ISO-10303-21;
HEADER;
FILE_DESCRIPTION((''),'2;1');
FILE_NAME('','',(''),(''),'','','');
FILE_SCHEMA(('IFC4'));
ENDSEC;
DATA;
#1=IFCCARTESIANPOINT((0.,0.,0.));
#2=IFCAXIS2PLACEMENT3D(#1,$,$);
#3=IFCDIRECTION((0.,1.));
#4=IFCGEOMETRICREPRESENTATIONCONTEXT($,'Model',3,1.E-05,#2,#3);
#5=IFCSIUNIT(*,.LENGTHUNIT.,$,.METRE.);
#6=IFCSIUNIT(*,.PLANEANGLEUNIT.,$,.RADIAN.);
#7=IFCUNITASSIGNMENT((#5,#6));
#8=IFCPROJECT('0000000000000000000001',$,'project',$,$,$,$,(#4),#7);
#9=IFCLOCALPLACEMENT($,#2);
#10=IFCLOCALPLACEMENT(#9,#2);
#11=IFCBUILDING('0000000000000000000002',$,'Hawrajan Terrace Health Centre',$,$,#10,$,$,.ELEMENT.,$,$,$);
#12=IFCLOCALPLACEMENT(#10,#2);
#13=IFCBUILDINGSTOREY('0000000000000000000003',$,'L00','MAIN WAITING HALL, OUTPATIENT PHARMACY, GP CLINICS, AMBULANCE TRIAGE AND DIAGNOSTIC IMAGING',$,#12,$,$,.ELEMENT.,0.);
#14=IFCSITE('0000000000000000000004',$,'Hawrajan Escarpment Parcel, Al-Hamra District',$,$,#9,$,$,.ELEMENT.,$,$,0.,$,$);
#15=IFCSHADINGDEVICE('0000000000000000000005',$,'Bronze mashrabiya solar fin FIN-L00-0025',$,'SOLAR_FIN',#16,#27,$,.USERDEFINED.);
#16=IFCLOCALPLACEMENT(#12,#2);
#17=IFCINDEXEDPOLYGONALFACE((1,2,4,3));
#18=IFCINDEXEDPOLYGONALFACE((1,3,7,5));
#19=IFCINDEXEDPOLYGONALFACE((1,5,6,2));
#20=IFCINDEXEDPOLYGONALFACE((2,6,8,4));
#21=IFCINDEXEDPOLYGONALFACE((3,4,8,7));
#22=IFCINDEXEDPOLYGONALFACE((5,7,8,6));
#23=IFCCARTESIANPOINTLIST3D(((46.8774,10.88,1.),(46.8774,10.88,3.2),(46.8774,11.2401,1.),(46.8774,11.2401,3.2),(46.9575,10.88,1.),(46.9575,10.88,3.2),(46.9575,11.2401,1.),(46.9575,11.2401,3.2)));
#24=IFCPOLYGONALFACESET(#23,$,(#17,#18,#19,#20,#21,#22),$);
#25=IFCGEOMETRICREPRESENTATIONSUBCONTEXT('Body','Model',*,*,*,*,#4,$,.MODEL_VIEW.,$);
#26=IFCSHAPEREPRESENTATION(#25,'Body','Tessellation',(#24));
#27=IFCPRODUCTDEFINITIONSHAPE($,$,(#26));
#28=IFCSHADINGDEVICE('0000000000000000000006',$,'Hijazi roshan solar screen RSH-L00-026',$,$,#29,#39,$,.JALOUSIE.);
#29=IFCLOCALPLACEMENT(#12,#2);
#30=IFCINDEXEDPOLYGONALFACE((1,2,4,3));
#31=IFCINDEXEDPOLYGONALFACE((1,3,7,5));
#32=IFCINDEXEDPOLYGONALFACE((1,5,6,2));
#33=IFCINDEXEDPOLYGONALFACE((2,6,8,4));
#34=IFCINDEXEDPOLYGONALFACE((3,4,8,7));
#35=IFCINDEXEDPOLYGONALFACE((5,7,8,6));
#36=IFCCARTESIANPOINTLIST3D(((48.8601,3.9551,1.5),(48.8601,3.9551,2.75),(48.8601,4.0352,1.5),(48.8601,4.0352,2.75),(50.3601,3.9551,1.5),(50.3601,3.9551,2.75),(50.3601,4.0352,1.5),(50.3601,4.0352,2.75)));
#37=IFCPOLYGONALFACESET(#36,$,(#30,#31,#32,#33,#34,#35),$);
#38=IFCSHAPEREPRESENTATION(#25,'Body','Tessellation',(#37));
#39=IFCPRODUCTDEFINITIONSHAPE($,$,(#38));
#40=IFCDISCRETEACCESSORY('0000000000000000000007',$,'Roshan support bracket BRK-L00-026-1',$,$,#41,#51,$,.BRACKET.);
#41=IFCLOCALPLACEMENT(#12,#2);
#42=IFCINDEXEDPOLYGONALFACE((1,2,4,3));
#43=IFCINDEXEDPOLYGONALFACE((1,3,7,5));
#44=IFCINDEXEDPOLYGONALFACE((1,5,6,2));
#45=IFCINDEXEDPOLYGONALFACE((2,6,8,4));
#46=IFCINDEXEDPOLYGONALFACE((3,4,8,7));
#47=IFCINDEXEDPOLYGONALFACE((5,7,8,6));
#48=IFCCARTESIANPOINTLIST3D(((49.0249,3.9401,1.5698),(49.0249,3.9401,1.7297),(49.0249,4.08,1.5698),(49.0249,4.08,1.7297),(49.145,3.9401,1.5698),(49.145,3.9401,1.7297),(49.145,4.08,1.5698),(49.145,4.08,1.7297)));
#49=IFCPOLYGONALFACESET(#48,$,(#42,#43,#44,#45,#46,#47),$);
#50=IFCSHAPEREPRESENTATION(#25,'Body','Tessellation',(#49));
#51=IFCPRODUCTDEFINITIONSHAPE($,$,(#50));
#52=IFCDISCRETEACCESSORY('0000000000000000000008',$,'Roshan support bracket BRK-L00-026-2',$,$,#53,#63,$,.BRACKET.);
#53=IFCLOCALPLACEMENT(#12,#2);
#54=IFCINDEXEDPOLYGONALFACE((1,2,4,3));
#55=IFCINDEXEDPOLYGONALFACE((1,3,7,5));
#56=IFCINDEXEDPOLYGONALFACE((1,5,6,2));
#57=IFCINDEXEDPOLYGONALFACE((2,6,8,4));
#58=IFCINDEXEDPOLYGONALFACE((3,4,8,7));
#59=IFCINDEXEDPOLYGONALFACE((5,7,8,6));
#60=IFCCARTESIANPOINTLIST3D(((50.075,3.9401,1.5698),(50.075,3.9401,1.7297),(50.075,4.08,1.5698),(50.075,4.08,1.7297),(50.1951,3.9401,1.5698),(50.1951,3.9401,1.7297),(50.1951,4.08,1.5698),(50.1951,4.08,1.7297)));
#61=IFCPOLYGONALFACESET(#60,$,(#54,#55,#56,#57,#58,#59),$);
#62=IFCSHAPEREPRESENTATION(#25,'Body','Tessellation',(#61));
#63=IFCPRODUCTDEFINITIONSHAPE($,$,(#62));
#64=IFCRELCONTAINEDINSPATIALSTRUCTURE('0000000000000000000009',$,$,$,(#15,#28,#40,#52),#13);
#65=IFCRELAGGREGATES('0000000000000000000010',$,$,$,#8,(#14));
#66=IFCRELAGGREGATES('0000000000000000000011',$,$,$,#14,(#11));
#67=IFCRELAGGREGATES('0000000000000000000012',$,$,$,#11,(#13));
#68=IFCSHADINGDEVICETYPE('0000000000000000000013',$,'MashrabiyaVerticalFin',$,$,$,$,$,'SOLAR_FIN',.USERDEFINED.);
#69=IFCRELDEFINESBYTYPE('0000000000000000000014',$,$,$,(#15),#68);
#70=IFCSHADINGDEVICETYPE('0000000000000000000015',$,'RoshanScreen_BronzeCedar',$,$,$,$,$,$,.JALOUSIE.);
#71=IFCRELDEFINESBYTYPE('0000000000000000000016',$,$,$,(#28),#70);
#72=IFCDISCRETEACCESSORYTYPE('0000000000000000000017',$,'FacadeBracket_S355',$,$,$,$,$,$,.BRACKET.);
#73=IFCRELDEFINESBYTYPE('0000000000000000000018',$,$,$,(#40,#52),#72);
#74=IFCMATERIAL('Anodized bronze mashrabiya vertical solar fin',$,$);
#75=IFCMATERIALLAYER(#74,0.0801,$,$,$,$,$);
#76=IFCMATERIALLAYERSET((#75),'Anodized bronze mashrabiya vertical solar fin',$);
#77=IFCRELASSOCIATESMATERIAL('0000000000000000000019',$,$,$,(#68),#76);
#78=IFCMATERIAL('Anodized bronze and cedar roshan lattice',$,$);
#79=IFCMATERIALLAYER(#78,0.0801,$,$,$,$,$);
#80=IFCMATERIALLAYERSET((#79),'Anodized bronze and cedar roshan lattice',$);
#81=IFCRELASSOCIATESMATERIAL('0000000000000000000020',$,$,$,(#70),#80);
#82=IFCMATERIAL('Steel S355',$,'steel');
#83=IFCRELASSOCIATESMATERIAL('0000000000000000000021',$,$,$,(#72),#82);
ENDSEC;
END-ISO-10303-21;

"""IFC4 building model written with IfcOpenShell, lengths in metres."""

from ifc_helpers import new_model, si_unit, direction, frame, origin, origin_2d, place, context, subcontext, project, spatial, rectangle, extrude, material, layer, layer_set, type_object, element, save


model = new_model("IFC4")

# Units and contexts
model_context = context("Model", 3, precision=1e-05, world=origin(), true_north=direction((0.0, 1.0)))
body_context = subcontext(model_context, "Body", "Model", "MODEL_VIEW")
ifc_project = project(units=[si_unit("LENGTHUNIT", "METRE"), si_unit("PLANEANGLEUNIT", "RADIAN")], contexts=[model_context])

# Site, building, storey
site_placement = place(None, origin())
site = spatial("IfcSite", under=ifc_project, at=site_placement, Name="Hawrajan Escarpment Parcel, Al-Hamra District", CompositionType="ELEMENT", RefElevation=0.0)
building_placement = place(site_placement, origin())
building = spatial("IfcBuilding", under=site, at=building_placement, Name="Hawrajan Terrace Health Centre", CompositionType="ELEMENT")
storey_placement = place(building_placement, origin())
storey = spatial("IfcBuildingStorey", under=building, at=storey_placement, Name="L00", Description="MAIN WAITING HALL, OUTPATIENT PHARMACY, GP CLINICS, AMBULANCE TRIAGE AND DIAGNOSTIC IMAGING", CompositionType="ELEMENT", Elevation=0.0)

# Shared definitions
ifc_material_1 = material(Name="Steel S355", Category="steel")

# Shading devices
ifc_material_2 = material(Name="Anodized bronze mashrabiya vertical solar fin")
ifc_layer_1 = layer(ifc_material_2, 0.0801)
ifc_layer_set_1 = layer_set([ifc_layer_1], Name="Anodized bronze mashrabiya vertical solar fin")
shading_device_type_1 = type_object("IfcShadingDeviceType", Name="MashrabiyaVerticalFin", ElementType="SOLAR_FIN", PredefinedType="USERDEFINED", material=ifc_layer_set_1)
shading_device_1_placement = place(storey_placement, frame((46.9175, 11.0601, 1.0), z_axis=(0.0, 0.0, 1.0), x_axis=(1.0, 0.0, 0.0)))
element("IfcShadingDevice", 1, at=shading_device_1_placement, inside=storey, type_object=shading_device_type_1, Name="Bronze mashrabiya solar fin FIN-L00-0025", ObjectType="SOLAR_FIN", PredefinedType="USERDEFINED", context=body_context, shape_type="SweptSolid", body=[
    extrude(rectangle(XDim=0.0801, YDim=0.3601, at=origin_2d()), origin(), (0.0, 0.0, 1.0), 2.2),
])
ifc_material_3 = material(Name="Anodized bronze and cedar roshan lattice")
ifc_layer_2 = layer(ifc_material_3, 0.0801)
ifc_layer_set_2 = layer_set([ifc_layer_2], Name="Anodized bronze and cedar roshan lattice")
shading_device_type_2 = type_object("IfcShadingDeviceType", Name="RoshanScreen_BronzeCedar", PredefinedType="JALOUSIE", material=ifc_layer_set_2)
shading_device_2_placement = place(storey_placement, frame((49.6101, 3.9951, 1.5), z_axis=(0.0, 0.0, 1.0), x_axis=(1.0, 0.0, 0.0)))
element("IfcShadingDevice", 2, at=shading_device_2_placement, inside=storey, type_object=shading_device_type_2, Name="Hijazi roshan solar screen RSH-L00-026", PredefinedType="JALOUSIE", context=body_context, shape_type="SweptSolid", body=[
    extrude(rectangle(XDim=1.5, YDim=0.0801, at=origin_2d()), origin(), (0.0, 0.0, 1.0), 1.25),
])

# Discrete accessories
discrete_accessory_type = type_object("IfcDiscreteAccessoryType", Name="FacadeBracket_S355", PredefinedType="BRACKET", material=ifc_material_1)
for number, where, z_axis, x_axis, name in (
    (3, (49.085, 4.01, 1.5698), (0.0, 0.0, 1.0), (1.0, 0.0, 0.0), "Roshan support bracket BRK-L00-026-1"),
    (4, (50.135, 4.01, 1.5698), (0.0, 0.0, 1.0), (1.0, 0.0, 0.0), "Roshan support bracket BRK-L00-026-2"),
):
    element("IfcDiscreteAccessory", number, at=place(storey_placement, frame(where, z_axis=z_axis, x_axis=x_axis)), inside=storey, type_object=discrete_accessory_type, Name=name, PredefinedType="BRACKET", context=body_context, shape_type="SweptSolid", body=[
        extrude(rectangle(XDim=0.1201, YDim=0.1399, at=origin_2d()), origin(), (0.0, 0.0, 1.0), 0.1599),
    ])

save(model, "model.ifc")
